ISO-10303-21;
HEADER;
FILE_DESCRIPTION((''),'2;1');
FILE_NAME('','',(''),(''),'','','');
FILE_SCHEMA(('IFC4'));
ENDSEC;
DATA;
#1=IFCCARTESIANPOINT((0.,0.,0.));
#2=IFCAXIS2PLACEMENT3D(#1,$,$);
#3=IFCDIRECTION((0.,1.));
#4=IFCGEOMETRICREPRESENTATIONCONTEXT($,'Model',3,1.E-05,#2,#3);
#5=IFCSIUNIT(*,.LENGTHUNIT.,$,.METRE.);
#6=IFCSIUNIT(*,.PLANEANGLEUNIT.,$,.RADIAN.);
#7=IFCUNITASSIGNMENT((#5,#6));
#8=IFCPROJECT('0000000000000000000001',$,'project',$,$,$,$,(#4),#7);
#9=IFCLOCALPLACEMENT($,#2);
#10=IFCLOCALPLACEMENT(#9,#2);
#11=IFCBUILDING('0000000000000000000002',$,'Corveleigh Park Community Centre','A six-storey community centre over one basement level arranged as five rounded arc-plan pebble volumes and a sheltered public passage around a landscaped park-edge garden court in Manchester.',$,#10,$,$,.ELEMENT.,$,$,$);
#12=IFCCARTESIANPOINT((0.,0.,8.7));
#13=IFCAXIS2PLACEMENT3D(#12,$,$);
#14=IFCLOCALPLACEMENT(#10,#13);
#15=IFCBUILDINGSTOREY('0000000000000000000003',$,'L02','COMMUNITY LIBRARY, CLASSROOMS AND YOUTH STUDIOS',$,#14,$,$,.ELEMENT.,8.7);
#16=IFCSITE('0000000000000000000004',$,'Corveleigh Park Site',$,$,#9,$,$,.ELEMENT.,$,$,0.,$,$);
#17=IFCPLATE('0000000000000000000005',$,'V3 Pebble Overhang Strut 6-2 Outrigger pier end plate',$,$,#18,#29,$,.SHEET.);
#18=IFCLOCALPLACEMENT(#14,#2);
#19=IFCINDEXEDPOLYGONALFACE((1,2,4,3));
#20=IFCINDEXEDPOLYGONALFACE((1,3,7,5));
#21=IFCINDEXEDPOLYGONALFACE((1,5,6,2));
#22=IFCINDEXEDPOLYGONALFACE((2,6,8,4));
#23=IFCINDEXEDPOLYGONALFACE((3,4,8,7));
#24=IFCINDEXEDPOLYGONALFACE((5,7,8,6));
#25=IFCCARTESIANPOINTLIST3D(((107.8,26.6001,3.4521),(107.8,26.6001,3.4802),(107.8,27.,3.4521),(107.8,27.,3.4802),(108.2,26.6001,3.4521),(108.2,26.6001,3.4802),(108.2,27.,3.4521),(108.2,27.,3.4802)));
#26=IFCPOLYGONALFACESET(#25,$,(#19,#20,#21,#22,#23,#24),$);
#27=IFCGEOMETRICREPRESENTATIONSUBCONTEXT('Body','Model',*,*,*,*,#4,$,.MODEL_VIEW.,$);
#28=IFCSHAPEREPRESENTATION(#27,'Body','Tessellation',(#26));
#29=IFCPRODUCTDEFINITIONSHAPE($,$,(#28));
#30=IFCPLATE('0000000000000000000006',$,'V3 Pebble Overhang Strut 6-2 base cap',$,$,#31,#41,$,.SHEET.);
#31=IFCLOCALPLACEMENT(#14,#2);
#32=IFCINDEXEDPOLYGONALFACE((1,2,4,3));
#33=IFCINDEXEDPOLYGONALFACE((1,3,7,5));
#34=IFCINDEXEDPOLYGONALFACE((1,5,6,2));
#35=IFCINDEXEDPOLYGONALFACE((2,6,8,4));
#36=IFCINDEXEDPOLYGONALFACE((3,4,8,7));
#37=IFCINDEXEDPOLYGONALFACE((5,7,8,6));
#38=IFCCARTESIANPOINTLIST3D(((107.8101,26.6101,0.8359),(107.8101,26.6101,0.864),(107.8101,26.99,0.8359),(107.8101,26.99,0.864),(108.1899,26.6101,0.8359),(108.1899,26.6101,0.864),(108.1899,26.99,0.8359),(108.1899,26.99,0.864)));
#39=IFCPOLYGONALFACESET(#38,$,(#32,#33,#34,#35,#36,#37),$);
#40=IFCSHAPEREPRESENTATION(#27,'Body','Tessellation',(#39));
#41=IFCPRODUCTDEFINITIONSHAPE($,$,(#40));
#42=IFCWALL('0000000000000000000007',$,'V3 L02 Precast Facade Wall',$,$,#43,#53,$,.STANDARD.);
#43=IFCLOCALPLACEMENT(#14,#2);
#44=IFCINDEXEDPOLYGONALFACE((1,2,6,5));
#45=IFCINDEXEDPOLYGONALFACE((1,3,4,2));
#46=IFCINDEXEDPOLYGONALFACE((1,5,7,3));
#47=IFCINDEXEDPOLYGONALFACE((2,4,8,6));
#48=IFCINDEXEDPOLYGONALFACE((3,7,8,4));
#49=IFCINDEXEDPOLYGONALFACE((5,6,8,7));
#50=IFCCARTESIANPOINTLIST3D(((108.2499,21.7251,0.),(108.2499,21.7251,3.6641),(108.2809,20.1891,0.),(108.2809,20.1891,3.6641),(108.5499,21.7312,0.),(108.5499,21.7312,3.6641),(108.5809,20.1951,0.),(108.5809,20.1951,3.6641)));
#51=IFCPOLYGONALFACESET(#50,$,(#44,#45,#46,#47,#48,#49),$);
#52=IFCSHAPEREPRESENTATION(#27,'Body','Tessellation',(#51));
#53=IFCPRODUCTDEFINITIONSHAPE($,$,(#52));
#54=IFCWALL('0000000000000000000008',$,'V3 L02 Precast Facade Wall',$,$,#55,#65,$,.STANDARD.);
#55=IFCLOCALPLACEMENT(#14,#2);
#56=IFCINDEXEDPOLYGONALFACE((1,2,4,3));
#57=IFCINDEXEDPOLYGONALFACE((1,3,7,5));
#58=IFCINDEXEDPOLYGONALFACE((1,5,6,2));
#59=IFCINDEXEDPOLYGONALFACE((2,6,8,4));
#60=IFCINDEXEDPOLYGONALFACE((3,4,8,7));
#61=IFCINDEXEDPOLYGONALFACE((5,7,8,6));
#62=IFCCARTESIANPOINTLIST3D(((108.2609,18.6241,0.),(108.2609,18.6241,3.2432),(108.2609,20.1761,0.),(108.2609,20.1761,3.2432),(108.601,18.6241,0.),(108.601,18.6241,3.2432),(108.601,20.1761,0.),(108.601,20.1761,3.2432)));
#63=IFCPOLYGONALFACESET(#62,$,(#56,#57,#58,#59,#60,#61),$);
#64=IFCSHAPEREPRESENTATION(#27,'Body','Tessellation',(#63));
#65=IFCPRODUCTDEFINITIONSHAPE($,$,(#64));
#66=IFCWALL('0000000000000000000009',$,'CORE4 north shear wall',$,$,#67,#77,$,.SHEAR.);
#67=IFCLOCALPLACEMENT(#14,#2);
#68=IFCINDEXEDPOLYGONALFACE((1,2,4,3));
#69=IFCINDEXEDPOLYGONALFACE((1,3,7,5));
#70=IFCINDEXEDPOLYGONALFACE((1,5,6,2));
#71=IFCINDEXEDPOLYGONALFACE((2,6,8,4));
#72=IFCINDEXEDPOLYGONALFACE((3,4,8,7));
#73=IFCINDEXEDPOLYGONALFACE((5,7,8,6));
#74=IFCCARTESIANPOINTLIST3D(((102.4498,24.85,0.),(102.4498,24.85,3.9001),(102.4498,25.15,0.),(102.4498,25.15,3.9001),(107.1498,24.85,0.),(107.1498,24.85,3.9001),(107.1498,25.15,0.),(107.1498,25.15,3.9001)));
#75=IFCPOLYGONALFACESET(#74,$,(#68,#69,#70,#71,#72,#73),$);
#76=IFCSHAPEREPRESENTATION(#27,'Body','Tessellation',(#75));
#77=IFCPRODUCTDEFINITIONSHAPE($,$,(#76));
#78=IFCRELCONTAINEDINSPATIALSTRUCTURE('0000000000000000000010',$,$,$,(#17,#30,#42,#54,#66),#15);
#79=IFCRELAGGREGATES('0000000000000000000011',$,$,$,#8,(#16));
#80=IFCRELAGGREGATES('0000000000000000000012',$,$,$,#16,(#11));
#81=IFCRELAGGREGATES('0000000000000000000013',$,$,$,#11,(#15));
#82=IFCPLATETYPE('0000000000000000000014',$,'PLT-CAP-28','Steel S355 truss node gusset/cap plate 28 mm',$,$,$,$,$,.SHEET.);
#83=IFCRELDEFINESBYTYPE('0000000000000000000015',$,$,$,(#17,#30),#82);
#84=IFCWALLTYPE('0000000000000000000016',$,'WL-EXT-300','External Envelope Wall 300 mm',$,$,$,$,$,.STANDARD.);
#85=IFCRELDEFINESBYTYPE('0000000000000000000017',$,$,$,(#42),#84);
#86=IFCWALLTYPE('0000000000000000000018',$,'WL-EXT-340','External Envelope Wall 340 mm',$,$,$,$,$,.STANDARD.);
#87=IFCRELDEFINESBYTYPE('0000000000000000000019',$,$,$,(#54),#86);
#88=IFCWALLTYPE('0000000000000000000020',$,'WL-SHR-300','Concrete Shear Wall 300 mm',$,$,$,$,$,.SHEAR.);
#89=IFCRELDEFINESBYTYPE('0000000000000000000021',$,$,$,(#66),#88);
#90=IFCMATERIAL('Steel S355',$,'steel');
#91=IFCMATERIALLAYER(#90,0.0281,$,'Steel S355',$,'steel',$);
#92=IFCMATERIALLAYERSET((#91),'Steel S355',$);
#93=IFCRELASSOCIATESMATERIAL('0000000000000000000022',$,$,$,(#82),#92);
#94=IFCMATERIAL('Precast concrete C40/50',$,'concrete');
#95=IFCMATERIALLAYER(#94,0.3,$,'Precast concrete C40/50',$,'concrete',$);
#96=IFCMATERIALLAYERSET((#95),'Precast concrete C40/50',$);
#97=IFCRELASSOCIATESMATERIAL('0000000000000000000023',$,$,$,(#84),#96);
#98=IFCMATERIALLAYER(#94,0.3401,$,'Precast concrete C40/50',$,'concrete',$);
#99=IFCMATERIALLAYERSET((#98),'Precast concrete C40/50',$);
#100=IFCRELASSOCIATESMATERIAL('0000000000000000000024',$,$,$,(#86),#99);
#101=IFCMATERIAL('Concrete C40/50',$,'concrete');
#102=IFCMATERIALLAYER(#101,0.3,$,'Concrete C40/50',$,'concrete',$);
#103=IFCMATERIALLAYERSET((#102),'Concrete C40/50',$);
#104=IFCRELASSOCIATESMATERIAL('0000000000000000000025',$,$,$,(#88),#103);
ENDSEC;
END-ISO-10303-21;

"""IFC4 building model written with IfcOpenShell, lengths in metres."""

from ifc_helpers import new_model, si_unit, direction, frame, frame_2d, origin, origin_2d, place, context, subcontext, project, spatial, rectangle, extrude, material, layer, layer_set, type_object, element, save


model = new_model("IFC4")

# Units and contexts
model_context = context("Model", 3, precision=1e-05, world=origin(), true_north=direction((0.0, 1.0)))
body_context = subcontext(model_context, "Body", "Model", "MODEL_VIEW")
ifc_project = project(units=[si_unit("LENGTHUNIT", "METRE"), si_unit("PLANEANGLEUNIT", "RADIAN")], contexts=[model_context])

# Site, building, storey
site_placement = place(None, origin())
site = spatial("IfcSite", under=ifc_project, at=site_placement, Name="Corveleigh Park Site", CompositionType="ELEMENT", RefElevation=0.0)
building_placement = place(site_placement, origin())
building = spatial("IfcBuilding", under=site, at=building_placement, Name="Corveleigh Park Community Centre", Description="A six-storey community centre over one basement level arranged as five rounded arc-plan pebble volumes and a sheltered public passage around a landscaped park-edge garden court in Manchester.", CompositionType="ELEMENT")
storey_placement = place(building_placement, frame((0.0, 0.0, 8.7)))
storey = spatial("IfcBuildingStorey", under=building, at=storey_placement, Name="L02", Description="COMMUNITY LIBRARY, CLASSROOMS AND YOUTH STUDIOS", CompositionType="ELEMENT", Elevation=8.7)

# Shared definitions
ifc_material_1 = material(Name="Concrete C40/50", Category="concrete")

# Shared definitions
ifc_material_2 = material(Name="Steel S355", Category="steel")

# Plates
ifc_layer_1 = layer(ifc_material_2, 0.0281, Name="Steel S355", Category="steel")
ifc_layer_set_1 = layer_set([ifc_layer_1], Name="Steel S355")
plate_type_1 = type_object("IfcPlateType", Name="PLT-CAP-28", Description="Steel S355 truss node gusset/cap plate 28 mm", PredefinedType="SHEET", material=ifc_layer_set_1)
plate_1_placement = place(storey_placement, frame((108.0, 26.8, 3.4521), z_axis=(0.0, 0.0, 1.0), x_axis=(1.0, 0.0, 0.0)))
element("IfcPlate", 1, at=plate_1_placement, inside=storey, type_object=plate_type_1, Name="V3 Pebble Overhang Strut 6-2 Outrigger pier end plate", PredefinedType="SHEET", context=body_context, shape_type="SweptSolid", body=[
    extrude(rectangle(XDim=0.3999, YDim=0.3999, at=origin_2d()), origin(), (0.0, 0.0, 1.0), 0.0281),
])
plate_2_placement = place(storey_placement, frame((108.0, 26.8, 0.8359), z_axis=(0.0, 0.0, 1.0), x_axis=(1.0, 0.0, 0.0)))
element("IfcPlate", 2, at=plate_2_placement, inside=storey, type_object=plate_type_1, Name="V3 Pebble Overhang Strut 6-2 base cap", PredefinedType="SHEET", context=body_context, shape_type="SweptSolid", body=[
    extrude(rectangle(XDim=0.3799, YDim=0.3799, at=origin_2d()), origin(), (0.0, 0.0, 1.0), 0.0281),
])

# Walls
ifc_material_3 = material(Name="Precast concrete C40/50", Category="concrete")
ifc_layer_2 = layer(ifc_material_3, 0.3, Name="Precast concrete C40/50", Category="concrete")
ifc_layer_set_2 = layer_set([ifc_layer_2], Name="Precast concrete C40/50")
wall_type_1 = type_object("IfcWallType", Name="WL-EXT-300", Description="External Envelope Wall 300 mm", PredefinedType="STANDARD", material=ifc_layer_set_2)
wall_1_placement = place(storey_placement, frame((108.3999, 21.728, 0.0), z_axis=(0.0, 0.0, 1.0), x_axis=(0.02018, -0.999796, 0.0)))
element("IfcWall", 3, at=wall_1_placement, inside=storey, type_object=wall_type_1, Name="V3 L02 Precast Facade Wall", PredefinedType="STANDARD", context=body_context, shape_type="SweptSolid", body=[
    extrude(rectangle(XDim=1.5364, YDim=0.3, at=frame_2d((0.7681, 0.0))), origin(), (0.0, 0.0, 1.0), 3.6641),
])
ifc_layer_3 = layer(ifc_material_3, 0.3401, Name="Precast concrete C40/50", Category="concrete")
ifc_layer_set_3 = layer_set([ifc_layer_3], Name="Precast concrete C40/50")
wall_type_2 = type_object("IfcWallType", Name="WL-EXT-340", Description="External Envelope Wall 340 mm", PredefinedType="STANDARD", material=ifc_layer_set_3)
wall_2_placement = place(storey_placement, frame((108.4309, 20.176, 0.0), z_axis=(0.0, 0.0, 1.0), x_axis=(0.0, -1.0, 0.0)))
element("IfcWall", 4, at=wall_2_placement, inside=storey, type_object=wall_type_2, Name="V3 L02 Precast Facade Wall", PredefinedType="STANDARD", context=body_context, shape_type="SweptSolid", body=[
    extrude(rectangle(XDim=1.552, YDim=0.3401, at=frame_2d((0.7759, 0.0))), origin(), (0.0, 0.0, 1.0), 3.2432),
])
ifc_layer_4 = layer(ifc_material_1, 0.3, Name="Concrete C40/50", Category="concrete")
ifc_layer_set_4 = layer_set([ifc_layer_4], Name="Concrete C40/50")
wall_type_3 = type_object("IfcWallType", Name="WL-SHR-300", Description="Concrete Shear Wall 300 mm", PredefinedType="SHEAR", material=ifc_layer_set_4)
wall_3_placement = place(storey_placement, frame((107.1499, 25.0, 0.0), z_axis=(0.0, 0.0, 1.0), x_axis=(-1.0, 0.0, 0.0)))
element("IfcWall", 5, at=wall_3_placement, inside=storey, type_object=wall_type_3, Name="CORE4 north shear wall", PredefinedType="SHEAR", context=body_context, shape_type="SweptSolid", body=[
    extrude(rectangle(XDim=4.7, YDim=0.3, at=frame_2d((2.3501, 0.0))), origin(), (0.0, 0.0, 1.0), 3.9001),
])

save(model, "model.ifc")
